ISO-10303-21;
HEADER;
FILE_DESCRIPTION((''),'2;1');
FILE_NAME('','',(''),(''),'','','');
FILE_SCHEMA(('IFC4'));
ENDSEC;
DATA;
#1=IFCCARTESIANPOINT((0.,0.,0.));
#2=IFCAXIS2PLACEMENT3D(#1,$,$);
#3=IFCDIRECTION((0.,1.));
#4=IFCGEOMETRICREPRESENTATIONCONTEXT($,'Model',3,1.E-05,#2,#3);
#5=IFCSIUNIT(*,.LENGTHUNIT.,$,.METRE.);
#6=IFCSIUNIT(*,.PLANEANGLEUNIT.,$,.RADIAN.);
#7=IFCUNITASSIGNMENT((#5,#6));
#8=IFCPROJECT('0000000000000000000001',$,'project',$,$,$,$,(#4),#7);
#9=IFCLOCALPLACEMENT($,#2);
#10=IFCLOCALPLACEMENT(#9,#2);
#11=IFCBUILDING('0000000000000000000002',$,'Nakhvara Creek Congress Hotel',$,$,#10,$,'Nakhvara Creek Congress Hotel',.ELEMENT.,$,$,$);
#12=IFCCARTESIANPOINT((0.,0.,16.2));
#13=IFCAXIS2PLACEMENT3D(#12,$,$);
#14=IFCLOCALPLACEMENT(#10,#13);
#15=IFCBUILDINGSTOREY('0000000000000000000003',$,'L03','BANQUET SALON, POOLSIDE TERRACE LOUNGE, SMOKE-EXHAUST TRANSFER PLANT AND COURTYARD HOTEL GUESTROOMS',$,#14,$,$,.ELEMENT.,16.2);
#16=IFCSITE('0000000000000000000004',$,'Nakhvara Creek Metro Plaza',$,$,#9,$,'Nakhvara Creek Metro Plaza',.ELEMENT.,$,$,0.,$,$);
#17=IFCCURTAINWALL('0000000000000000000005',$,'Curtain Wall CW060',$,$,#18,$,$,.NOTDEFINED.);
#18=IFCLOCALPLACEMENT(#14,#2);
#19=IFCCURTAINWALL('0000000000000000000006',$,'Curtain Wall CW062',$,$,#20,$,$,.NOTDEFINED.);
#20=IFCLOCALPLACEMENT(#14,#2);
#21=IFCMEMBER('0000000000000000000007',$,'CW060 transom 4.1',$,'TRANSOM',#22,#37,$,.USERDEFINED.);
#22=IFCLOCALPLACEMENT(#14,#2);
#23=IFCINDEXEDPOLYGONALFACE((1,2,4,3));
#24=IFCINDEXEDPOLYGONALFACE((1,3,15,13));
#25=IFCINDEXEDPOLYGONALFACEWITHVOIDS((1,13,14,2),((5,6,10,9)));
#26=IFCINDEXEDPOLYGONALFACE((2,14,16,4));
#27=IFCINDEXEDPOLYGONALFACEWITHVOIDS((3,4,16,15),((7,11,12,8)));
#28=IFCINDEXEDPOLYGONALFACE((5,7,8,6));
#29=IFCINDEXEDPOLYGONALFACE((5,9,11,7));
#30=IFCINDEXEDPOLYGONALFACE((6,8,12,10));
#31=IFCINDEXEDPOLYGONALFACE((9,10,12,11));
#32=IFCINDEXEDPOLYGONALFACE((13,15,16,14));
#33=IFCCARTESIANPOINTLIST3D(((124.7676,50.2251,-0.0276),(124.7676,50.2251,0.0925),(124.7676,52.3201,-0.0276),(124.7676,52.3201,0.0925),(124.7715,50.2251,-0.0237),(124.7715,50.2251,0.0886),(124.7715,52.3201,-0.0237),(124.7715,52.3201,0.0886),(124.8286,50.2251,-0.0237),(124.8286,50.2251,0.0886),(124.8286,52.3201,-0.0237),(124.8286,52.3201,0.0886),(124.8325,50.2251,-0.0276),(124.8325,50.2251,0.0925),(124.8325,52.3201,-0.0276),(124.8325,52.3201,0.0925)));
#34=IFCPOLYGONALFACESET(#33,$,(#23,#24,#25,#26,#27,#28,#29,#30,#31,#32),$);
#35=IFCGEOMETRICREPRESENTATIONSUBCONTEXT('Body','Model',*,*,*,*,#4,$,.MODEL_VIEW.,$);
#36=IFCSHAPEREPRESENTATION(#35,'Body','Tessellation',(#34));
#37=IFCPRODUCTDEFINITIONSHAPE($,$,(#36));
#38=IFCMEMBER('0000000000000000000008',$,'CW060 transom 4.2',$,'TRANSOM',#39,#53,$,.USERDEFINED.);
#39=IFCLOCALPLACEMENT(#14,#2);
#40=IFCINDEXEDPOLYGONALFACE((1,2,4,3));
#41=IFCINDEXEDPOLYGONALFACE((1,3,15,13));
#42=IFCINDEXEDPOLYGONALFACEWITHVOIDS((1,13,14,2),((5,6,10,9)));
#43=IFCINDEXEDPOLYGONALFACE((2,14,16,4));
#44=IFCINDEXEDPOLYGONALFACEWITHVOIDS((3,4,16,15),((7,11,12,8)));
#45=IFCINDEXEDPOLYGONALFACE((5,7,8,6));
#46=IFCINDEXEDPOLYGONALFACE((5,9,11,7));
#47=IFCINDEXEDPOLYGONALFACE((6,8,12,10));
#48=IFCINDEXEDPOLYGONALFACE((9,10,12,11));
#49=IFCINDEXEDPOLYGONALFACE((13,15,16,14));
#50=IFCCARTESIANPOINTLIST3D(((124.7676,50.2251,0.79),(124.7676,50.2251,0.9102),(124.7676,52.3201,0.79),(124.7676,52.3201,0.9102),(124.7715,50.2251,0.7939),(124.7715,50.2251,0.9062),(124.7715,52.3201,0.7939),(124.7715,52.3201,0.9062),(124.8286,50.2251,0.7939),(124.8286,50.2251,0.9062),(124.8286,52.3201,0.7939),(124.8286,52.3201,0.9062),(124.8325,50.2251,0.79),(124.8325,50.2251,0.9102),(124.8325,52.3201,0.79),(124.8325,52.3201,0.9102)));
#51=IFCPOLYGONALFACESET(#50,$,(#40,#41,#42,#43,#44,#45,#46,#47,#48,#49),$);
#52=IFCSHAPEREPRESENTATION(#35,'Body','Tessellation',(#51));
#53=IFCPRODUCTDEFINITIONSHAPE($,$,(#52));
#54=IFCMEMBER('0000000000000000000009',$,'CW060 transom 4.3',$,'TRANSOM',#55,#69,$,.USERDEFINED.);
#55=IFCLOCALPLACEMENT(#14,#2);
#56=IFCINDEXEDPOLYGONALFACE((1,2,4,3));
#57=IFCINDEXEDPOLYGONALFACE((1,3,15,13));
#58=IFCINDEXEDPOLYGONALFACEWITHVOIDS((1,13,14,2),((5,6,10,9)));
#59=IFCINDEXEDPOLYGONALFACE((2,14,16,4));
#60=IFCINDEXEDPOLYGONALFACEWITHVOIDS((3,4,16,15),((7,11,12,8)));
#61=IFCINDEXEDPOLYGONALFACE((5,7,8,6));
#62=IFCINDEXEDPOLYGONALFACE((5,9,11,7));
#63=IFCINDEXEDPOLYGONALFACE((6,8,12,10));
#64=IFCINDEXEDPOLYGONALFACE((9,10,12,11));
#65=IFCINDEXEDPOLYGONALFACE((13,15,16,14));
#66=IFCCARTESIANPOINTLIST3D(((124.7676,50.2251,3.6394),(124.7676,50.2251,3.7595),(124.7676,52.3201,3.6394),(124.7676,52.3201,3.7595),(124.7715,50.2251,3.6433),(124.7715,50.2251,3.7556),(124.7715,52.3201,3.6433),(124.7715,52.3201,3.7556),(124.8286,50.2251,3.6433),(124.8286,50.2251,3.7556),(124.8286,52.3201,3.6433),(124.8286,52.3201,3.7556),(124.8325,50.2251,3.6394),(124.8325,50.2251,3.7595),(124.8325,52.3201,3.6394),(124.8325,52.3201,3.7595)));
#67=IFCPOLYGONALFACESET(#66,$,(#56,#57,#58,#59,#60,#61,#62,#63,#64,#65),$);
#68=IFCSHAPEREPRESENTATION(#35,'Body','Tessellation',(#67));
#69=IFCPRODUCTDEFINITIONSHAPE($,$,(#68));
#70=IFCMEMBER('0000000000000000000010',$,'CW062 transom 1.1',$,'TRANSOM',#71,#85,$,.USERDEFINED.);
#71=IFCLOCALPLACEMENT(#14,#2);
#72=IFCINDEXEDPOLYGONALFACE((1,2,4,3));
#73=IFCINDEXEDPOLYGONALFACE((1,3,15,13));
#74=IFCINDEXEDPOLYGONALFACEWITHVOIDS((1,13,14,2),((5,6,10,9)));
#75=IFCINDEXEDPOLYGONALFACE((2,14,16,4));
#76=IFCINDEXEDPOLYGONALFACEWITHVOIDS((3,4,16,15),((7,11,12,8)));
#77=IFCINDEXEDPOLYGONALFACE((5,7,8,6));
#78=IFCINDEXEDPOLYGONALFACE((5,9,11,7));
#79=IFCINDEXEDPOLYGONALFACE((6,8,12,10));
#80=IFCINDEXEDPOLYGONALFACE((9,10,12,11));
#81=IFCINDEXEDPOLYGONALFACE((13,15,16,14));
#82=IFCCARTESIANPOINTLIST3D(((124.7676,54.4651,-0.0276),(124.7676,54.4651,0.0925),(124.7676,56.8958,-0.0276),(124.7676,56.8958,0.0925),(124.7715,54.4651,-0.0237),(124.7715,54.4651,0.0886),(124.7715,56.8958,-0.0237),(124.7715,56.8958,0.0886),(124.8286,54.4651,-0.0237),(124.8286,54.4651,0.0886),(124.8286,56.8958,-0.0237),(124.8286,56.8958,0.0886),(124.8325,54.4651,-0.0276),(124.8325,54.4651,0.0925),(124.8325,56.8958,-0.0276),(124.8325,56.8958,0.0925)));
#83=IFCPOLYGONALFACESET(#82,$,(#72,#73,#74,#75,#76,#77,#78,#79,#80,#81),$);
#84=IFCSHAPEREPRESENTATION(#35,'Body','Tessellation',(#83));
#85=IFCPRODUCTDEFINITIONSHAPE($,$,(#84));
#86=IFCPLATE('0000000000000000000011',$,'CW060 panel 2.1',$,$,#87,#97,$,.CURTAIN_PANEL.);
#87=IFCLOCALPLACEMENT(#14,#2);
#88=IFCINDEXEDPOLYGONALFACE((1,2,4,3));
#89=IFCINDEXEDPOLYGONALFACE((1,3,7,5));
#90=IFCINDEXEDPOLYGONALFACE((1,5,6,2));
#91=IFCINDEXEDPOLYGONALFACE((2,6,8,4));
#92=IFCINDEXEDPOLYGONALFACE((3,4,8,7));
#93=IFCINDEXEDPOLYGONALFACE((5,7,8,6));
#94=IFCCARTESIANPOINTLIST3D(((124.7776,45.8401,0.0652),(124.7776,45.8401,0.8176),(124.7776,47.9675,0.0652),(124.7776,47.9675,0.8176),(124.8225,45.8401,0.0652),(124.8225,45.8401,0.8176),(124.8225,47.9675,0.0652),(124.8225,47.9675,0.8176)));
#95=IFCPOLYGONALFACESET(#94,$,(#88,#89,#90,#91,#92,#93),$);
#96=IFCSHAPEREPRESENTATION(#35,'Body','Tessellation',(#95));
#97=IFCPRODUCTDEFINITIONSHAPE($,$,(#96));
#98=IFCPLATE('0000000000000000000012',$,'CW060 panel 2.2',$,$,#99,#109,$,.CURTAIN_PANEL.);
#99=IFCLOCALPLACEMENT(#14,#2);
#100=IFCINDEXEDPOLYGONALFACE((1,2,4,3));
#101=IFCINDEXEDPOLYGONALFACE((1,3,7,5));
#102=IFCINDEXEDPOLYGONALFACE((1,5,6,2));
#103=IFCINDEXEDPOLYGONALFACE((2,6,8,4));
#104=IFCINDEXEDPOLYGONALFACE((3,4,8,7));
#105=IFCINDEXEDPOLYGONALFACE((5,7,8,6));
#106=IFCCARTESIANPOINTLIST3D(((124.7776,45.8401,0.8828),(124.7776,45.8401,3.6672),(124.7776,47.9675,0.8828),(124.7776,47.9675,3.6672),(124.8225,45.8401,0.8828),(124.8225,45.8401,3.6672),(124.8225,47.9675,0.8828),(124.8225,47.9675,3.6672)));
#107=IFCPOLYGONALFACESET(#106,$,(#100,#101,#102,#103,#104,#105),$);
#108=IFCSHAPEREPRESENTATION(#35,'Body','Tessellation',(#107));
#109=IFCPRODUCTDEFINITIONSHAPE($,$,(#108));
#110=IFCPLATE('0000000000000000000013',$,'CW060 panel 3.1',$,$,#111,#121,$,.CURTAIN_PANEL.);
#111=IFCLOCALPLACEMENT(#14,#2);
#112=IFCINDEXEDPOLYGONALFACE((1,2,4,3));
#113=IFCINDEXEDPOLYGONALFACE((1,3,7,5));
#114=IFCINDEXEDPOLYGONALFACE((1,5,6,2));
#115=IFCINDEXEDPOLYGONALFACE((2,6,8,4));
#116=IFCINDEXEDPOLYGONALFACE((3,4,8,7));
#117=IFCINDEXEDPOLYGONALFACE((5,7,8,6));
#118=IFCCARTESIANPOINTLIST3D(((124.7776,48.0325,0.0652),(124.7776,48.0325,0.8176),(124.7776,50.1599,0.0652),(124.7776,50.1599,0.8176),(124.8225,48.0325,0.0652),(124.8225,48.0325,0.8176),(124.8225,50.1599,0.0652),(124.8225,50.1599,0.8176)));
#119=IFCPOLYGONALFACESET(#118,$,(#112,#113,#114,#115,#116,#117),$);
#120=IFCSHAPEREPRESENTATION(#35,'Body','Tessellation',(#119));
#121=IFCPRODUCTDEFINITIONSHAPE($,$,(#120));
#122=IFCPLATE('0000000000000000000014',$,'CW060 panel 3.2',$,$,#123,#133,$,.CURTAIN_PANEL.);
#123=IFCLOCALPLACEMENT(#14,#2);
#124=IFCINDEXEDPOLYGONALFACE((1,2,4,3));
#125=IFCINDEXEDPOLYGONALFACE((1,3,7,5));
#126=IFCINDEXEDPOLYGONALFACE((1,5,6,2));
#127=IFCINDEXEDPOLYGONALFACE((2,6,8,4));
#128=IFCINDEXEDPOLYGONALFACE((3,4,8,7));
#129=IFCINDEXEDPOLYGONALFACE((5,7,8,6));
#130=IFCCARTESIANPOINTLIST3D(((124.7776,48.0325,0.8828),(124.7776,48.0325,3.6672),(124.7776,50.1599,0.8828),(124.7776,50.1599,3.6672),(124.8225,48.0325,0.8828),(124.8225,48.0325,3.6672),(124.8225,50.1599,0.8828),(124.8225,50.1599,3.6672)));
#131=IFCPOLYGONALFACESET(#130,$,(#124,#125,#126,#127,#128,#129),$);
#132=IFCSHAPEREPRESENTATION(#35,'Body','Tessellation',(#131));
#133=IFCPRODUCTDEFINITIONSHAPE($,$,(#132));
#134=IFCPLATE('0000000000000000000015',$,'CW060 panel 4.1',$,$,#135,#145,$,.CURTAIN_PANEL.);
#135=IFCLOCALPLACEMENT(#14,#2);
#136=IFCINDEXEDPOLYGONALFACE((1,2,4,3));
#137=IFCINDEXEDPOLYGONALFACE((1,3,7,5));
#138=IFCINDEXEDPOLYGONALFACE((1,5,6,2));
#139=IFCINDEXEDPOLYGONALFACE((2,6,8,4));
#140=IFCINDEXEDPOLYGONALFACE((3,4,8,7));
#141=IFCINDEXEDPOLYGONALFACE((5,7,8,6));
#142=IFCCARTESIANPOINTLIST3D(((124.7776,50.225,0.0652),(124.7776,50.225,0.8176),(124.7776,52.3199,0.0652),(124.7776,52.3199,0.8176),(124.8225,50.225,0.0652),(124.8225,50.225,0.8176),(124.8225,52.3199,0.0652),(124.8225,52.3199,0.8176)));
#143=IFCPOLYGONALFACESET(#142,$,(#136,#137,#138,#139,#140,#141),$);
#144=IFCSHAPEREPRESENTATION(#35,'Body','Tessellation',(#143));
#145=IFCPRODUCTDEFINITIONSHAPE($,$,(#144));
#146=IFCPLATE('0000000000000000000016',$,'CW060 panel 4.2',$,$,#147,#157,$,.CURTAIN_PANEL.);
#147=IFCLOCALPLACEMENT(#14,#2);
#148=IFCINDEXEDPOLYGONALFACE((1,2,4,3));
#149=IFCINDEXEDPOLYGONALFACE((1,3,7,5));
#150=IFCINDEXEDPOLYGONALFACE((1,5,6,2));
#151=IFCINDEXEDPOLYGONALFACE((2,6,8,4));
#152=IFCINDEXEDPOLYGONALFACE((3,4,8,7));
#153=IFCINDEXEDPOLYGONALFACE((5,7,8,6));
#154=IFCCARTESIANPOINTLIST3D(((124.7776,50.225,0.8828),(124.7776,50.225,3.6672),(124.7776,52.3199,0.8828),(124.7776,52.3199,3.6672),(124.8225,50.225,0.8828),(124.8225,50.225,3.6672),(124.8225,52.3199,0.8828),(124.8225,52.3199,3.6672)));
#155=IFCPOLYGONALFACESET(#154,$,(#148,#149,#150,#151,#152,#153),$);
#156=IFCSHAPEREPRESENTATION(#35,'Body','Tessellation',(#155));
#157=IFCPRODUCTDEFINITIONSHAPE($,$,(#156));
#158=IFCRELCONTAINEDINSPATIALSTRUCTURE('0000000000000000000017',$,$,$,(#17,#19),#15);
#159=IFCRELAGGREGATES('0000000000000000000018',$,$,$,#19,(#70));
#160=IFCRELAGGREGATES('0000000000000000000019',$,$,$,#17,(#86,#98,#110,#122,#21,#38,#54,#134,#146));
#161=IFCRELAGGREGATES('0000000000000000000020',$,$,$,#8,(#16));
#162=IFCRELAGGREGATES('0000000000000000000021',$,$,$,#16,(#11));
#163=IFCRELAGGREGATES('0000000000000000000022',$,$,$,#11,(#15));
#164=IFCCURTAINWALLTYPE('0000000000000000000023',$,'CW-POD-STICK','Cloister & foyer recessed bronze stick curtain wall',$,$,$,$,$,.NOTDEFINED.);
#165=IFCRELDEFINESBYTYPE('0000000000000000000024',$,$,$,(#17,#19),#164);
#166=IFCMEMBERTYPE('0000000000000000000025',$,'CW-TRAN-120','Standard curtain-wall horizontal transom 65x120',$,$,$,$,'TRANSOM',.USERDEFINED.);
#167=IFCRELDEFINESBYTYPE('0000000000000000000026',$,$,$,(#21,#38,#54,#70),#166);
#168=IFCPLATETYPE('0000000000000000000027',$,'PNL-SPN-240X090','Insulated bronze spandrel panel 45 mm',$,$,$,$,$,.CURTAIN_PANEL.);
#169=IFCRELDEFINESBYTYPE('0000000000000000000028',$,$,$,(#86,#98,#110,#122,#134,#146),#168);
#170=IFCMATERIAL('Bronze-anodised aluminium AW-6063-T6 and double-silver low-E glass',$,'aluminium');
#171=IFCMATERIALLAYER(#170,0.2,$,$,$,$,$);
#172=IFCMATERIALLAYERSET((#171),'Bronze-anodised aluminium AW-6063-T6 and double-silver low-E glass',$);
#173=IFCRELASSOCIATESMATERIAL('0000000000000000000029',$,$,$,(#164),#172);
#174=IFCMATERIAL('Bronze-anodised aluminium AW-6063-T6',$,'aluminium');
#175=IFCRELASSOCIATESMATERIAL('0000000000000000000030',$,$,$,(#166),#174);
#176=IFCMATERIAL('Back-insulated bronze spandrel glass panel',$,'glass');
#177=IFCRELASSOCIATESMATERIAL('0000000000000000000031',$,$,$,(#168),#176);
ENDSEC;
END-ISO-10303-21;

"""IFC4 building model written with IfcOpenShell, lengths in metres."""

from ifc_helpers import new_model, si_unit, direction, frame, origin, origin_2d, place, context, subcontext, project, spatial, rectangle, hollow_rectangle, extrude, material, layer, layer_set, material_profile, profile_set, type_object, element, aggregate, save


model = new_model("IFC4")

# Units and contexts
model_context = context("Model", 3, precision=1e-05, world=origin(), true_north=direction((0.0, 1.0)))
body_context = subcontext(model_context, "Body", "Model", "MODEL_VIEW")
ifc_project = project(units=[si_unit("LENGTHUNIT", "METRE"), si_unit("PLANEANGLEUNIT", "RADIAN")], contexts=[model_context])

# Site, building, storey
site_placement = place(None, origin())
site = spatial("IfcSite", under=ifc_project, at=site_placement, Name="Nakhvara Creek Metro Plaza", LongName="Nakhvara Creek Metro Plaza", CompositionType="ELEMENT", RefElevation=0.0)
building_placement = place(site_placement, origin())
building = spatial("IfcBuilding", under=site, at=building_placement, Name="Nakhvara Creek Congress Hotel", LongName="Nakhvara Creek Congress Hotel", CompositionType="ELEMENT")
storey_placement = place(building_placement, frame((0.0, 0.0, 16.2)))
storey = spatial("IfcBuildingStorey", under=building, at=storey_placement, Name="L03", Description="BANQUET SALON, POOLSIDE TERRACE LOUNGE, SMOKE-EXHAUST TRANSFER PLANT AND COURTYARD HOTEL GUESTROOMS", CompositionType="ELEMENT", Elevation=16.2)

# Curtain wall
ifc_material_1 = material(Name="Bronze-anodised aluminium AW-6063-T6 and double-silver low-E glass", Category="aluminium")
ifc_layer = layer(ifc_material_1, 0.2)
ifc_layer_set = layer_set([ifc_layer], Name="Bronze-anodised aluminium AW-6063-T6 and double-silver low-E glass")
curtain_wall_type = type_object("IfcCurtainWallType", Name="CW-POD-STICK", Description="Cloister & foyer recessed bronze stick curtain wall", PredefinedType="NOTDEFINED", material=ifc_layer_set)
curtain_wall_1_placement = place(storey_placement, origin())
curtain_wall_1 = element("IfcCurtainWall", 1, at=curtain_wall_1_placement, inside=storey, type_object=curtain_wall_type, Name="Curtain Wall CW060", PredefinedType="NOTDEFINED")
ifc_material_2 = material(Name="Bronze-anodised aluminium AW-6063-T6", Category="aluminium")

# Curtain wall
curtain_wall_2_placement = place(storey_placement, origin())
curtain_wall_2 = element("IfcCurtainWall", 2, at=curtain_wall_2_placement, inside=storey, type_object=curtain_wall_type, Name="Curtain Wall CW062", PredefinedType="NOTDEFINED")

# Members
ifc_material_profile_1 = material_profile(ifc_material_2, hollow_rectangle(XDim=0.0649, YDim=0.1201, WallThickness=0.0039, at=origin_2d()), Name="ALU-TRAN 65x120x4", Category="LoadBearing")
ifc_profile_set_1 = profile_set([ifc_material_profile_1], Name="Bronze-anodised aluminium AW-6063-T6")
member_type_1 = type_object("IfcMemberType", Name="CW-TRAN-120", Description="Standard curtain-wall horizontal transom 65x120", ElementType="TRANSOM", PredefinedType="USERDEFINED", material=ifc_profile_set_1)
member_1_placement = place(storey_placement, frame((124.8, 50.2251, 0.0325), z_axis=(0.0, 1.0, 0.0), x_axis=(-1.0, 0.0, 0.0)))
member_1 = element("IfcMember", 3, at=member_1_placement, type_object=member_type_1, Name="CW060 transom 4.1", ObjectType="TRANSOM", PredefinedType="USERDEFINED", context=body_context, shape_type="SweptSolid", body=[
    extrude(hollow_rectangle(XDim=0.0649, YDim=0.1201, WallThickness=0.0039, at=origin_2d()), origin(), (0.0, 0.0, 1.0), 2.095),
])
member_2_placement = place(storey_placement, frame((124.8, 50.2251, 0.8501), z_axis=(0.0, 1.0, 0.0), x_axis=(-1.0, 0.0, 0.0)))
member_2 = element("IfcMember", 4, at=member_2_placement, type_object=member_type_1, Name="CW060 transom 4.2", ObjectType="TRANSOM", PredefinedType="USERDEFINED", context=body_context, shape_type="SweptSolid", body=[
    extrude(hollow_rectangle(XDim=0.0649, YDim=0.1201, WallThickness=0.0039, at=origin_2d()), origin(), (0.0, 0.0, 1.0), 2.095),
])
member_3_placement = place(storey_placement, frame((124.8, 50.2251, 3.6995), z_axis=(0.0, 1.0, 0.0), x_axis=(-1.0, 0.0, 0.0)))
member_3 = element("IfcMember", 5, at=member_3_placement, type_object=member_type_1, Name="CW060 transom 4.3", ObjectType="TRANSOM", PredefinedType="USERDEFINED", context=body_context, shape_type="SweptSolid", body=[
    extrude(hollow_rectangle(XDim=0.0649, YDim=0.1201, WallThickness=0.0039, at=origin_2d()), origin(), (0.0, 0.0, 1.0), 2.095),
])
member_4_placement = place(storey_placement, frame((124.8, 54.4651, 0.0325), z_axis=(0.0, 1.0, 0.0), x_axis=(-1.0, 0.0, 0.0)))
member_4 = element("IfcMember", 6, at=member_4_placement, type_object=member_type_1, Name="CW062 transom 1.1", ObjectType="TRANSOM", PredefinedType="USERDEFINED", context=body_context, shape_type="SweptSolid", body=[
    extrude(hollow_rectangle(XDim=0.0649, YDim=0.1201, WallThickness=0.0039, at=origin_2d()), origin(), (0.0, 0.0, 1.0), 2.4307),
])
aggregate(curtain_wall_2, [member_4])

# Plates
ifc_material_3 = material(Name="Back-insulated bronze spandrel glass panel", Category="glass")
plate_type = type_object("IfcPlateType", Name="PNL-SPN-240X090", Description="Insulated bronze spandrel panel 45 mm", PredefinedType="CURTAIN_PANEL", material=ifc_material_3)
plate_1_placement = place(storey_placement, frame((124.8, 46.9038, 0.0652), z_axis=(0.0, 0.0, 1.0), x_axis=(0.0, 1.0, 0.0)))
plate_1 = element("IfcPlate", 7, at=plate_1_placement, type_object=plate_type, Name="CW060 panel 2.1", PredefinedType="CURTAIN_PANEL", context=body_context, shape_type="SweptSolid", body=[
    extrude(rectangle(XDim=2.1274, YDim=0.0449, at=origin_2d()), origin(), (0.0, 0.0, 1.0), 0.7524),
])
plate_2_placement = place(storey_placement, frame((124.8, 46.9038, 0.8828), z_axis=(0.0, 0.0, 1.0), x_axis=(0.0, 1.0, 0.0)))
plate_2 = element("IfcPlate", 8, at=plate_2_placement, type_object=plate_type, Name="CW060 panel 2.2", PredefinedType="CURTAIN_PANEL", context=body_context, shape_type="SweptSolid", body=[
    extrude(rectangle(XDim=2.1274, YDim=0.0449, at=origin_2d()), origin(), (0.0, 0.0, 1.0), 2.7844),
])
plate_3_placement = place(storey_placement, frame((124.8, 49.0962, 0.0652), z_axis=(0.0, 0.0, 1.0), x_axis=(0.0, 1.0, 0.0)))
plate_3 = element("IfcPlate", 9, at=plate_3_placement, type_object=plate_type, Name="CW060 panel 3.1", PredefinedType="CURTAIN_PANEL", context=body_context, shape_type="SweptSolid", body=[
    extrude(rectangle(XDim=2.1274, YDim=0.0449, at=origin_2d()), origin(), (0.0, 0.0, 1.0), 0.7524),
])
plate_4_placement = place(storey_placement, frame((124.8, 49.0962, 0.8828), z_axis=(0.0, 0.0, 1.0), x_axis=(0.0, 1.0, 0.0)))
plate_4 = element("IfcPlate", 10, at=plate_4_placement, type_object=plate_type, Name="CW060 panel 3.2", PredefinedType="CURTAIN_PANEL", context=body_context, shape_type="SweptSolid", body=[
    extrude(rectangle(XDim=2.1274, YDim=0.0449, at=origin_2d()), origin(), (0.0, 0.0, 1.0), 2.7844),
])
plate_5_placement = place(storey_placement, frame((124.8, 51.2725, 0.0652), z_axis=(0.0, 0.0, 1.0), x_axis=(0.0, 1.0, 0.0)))
plate_5 = element("IfcPlate", 11, at=plate_5_placement, type_object=plate_type, Name="CW060 panel 4.1", PredefinedType="CURTAIN_PANEL", context=body_context, shape_type="SweptSolid", body=[
    extrude(rectangle(XDim=2.095, YDim=0.0449, at=origin_2d()), origin(), (0.0, 0.0, 1.0), 0.7524),
])
plate_6_placement = place(storey_placement, frame((124.8, 51.2725, 0.8828), z_axis=(0.0, 0.0, 1.0), x_axis=(0.0, 1.0, 0.0)))
plate_6 = element("IfcPlate", 12, at=plate_6_placement, type_object=plate_type, Name="CW060 panel 4.2", PredefinedType="CURTAIN_PANEL", context=body_context, shape_type="SweptSolid", body=[
    extrude(rectangle(XDim=2.095, YDim=0.0449, at=origin_2d()), origin(), (0.0, 0.0, 1.0), 2.7844),
])
aggregate(curtain_wall_1, [plate_1, plate_2, plate_3, plate_4, member_1, member_2, member_3, plate_5, plate_6])

save(model, "model.ifc")
